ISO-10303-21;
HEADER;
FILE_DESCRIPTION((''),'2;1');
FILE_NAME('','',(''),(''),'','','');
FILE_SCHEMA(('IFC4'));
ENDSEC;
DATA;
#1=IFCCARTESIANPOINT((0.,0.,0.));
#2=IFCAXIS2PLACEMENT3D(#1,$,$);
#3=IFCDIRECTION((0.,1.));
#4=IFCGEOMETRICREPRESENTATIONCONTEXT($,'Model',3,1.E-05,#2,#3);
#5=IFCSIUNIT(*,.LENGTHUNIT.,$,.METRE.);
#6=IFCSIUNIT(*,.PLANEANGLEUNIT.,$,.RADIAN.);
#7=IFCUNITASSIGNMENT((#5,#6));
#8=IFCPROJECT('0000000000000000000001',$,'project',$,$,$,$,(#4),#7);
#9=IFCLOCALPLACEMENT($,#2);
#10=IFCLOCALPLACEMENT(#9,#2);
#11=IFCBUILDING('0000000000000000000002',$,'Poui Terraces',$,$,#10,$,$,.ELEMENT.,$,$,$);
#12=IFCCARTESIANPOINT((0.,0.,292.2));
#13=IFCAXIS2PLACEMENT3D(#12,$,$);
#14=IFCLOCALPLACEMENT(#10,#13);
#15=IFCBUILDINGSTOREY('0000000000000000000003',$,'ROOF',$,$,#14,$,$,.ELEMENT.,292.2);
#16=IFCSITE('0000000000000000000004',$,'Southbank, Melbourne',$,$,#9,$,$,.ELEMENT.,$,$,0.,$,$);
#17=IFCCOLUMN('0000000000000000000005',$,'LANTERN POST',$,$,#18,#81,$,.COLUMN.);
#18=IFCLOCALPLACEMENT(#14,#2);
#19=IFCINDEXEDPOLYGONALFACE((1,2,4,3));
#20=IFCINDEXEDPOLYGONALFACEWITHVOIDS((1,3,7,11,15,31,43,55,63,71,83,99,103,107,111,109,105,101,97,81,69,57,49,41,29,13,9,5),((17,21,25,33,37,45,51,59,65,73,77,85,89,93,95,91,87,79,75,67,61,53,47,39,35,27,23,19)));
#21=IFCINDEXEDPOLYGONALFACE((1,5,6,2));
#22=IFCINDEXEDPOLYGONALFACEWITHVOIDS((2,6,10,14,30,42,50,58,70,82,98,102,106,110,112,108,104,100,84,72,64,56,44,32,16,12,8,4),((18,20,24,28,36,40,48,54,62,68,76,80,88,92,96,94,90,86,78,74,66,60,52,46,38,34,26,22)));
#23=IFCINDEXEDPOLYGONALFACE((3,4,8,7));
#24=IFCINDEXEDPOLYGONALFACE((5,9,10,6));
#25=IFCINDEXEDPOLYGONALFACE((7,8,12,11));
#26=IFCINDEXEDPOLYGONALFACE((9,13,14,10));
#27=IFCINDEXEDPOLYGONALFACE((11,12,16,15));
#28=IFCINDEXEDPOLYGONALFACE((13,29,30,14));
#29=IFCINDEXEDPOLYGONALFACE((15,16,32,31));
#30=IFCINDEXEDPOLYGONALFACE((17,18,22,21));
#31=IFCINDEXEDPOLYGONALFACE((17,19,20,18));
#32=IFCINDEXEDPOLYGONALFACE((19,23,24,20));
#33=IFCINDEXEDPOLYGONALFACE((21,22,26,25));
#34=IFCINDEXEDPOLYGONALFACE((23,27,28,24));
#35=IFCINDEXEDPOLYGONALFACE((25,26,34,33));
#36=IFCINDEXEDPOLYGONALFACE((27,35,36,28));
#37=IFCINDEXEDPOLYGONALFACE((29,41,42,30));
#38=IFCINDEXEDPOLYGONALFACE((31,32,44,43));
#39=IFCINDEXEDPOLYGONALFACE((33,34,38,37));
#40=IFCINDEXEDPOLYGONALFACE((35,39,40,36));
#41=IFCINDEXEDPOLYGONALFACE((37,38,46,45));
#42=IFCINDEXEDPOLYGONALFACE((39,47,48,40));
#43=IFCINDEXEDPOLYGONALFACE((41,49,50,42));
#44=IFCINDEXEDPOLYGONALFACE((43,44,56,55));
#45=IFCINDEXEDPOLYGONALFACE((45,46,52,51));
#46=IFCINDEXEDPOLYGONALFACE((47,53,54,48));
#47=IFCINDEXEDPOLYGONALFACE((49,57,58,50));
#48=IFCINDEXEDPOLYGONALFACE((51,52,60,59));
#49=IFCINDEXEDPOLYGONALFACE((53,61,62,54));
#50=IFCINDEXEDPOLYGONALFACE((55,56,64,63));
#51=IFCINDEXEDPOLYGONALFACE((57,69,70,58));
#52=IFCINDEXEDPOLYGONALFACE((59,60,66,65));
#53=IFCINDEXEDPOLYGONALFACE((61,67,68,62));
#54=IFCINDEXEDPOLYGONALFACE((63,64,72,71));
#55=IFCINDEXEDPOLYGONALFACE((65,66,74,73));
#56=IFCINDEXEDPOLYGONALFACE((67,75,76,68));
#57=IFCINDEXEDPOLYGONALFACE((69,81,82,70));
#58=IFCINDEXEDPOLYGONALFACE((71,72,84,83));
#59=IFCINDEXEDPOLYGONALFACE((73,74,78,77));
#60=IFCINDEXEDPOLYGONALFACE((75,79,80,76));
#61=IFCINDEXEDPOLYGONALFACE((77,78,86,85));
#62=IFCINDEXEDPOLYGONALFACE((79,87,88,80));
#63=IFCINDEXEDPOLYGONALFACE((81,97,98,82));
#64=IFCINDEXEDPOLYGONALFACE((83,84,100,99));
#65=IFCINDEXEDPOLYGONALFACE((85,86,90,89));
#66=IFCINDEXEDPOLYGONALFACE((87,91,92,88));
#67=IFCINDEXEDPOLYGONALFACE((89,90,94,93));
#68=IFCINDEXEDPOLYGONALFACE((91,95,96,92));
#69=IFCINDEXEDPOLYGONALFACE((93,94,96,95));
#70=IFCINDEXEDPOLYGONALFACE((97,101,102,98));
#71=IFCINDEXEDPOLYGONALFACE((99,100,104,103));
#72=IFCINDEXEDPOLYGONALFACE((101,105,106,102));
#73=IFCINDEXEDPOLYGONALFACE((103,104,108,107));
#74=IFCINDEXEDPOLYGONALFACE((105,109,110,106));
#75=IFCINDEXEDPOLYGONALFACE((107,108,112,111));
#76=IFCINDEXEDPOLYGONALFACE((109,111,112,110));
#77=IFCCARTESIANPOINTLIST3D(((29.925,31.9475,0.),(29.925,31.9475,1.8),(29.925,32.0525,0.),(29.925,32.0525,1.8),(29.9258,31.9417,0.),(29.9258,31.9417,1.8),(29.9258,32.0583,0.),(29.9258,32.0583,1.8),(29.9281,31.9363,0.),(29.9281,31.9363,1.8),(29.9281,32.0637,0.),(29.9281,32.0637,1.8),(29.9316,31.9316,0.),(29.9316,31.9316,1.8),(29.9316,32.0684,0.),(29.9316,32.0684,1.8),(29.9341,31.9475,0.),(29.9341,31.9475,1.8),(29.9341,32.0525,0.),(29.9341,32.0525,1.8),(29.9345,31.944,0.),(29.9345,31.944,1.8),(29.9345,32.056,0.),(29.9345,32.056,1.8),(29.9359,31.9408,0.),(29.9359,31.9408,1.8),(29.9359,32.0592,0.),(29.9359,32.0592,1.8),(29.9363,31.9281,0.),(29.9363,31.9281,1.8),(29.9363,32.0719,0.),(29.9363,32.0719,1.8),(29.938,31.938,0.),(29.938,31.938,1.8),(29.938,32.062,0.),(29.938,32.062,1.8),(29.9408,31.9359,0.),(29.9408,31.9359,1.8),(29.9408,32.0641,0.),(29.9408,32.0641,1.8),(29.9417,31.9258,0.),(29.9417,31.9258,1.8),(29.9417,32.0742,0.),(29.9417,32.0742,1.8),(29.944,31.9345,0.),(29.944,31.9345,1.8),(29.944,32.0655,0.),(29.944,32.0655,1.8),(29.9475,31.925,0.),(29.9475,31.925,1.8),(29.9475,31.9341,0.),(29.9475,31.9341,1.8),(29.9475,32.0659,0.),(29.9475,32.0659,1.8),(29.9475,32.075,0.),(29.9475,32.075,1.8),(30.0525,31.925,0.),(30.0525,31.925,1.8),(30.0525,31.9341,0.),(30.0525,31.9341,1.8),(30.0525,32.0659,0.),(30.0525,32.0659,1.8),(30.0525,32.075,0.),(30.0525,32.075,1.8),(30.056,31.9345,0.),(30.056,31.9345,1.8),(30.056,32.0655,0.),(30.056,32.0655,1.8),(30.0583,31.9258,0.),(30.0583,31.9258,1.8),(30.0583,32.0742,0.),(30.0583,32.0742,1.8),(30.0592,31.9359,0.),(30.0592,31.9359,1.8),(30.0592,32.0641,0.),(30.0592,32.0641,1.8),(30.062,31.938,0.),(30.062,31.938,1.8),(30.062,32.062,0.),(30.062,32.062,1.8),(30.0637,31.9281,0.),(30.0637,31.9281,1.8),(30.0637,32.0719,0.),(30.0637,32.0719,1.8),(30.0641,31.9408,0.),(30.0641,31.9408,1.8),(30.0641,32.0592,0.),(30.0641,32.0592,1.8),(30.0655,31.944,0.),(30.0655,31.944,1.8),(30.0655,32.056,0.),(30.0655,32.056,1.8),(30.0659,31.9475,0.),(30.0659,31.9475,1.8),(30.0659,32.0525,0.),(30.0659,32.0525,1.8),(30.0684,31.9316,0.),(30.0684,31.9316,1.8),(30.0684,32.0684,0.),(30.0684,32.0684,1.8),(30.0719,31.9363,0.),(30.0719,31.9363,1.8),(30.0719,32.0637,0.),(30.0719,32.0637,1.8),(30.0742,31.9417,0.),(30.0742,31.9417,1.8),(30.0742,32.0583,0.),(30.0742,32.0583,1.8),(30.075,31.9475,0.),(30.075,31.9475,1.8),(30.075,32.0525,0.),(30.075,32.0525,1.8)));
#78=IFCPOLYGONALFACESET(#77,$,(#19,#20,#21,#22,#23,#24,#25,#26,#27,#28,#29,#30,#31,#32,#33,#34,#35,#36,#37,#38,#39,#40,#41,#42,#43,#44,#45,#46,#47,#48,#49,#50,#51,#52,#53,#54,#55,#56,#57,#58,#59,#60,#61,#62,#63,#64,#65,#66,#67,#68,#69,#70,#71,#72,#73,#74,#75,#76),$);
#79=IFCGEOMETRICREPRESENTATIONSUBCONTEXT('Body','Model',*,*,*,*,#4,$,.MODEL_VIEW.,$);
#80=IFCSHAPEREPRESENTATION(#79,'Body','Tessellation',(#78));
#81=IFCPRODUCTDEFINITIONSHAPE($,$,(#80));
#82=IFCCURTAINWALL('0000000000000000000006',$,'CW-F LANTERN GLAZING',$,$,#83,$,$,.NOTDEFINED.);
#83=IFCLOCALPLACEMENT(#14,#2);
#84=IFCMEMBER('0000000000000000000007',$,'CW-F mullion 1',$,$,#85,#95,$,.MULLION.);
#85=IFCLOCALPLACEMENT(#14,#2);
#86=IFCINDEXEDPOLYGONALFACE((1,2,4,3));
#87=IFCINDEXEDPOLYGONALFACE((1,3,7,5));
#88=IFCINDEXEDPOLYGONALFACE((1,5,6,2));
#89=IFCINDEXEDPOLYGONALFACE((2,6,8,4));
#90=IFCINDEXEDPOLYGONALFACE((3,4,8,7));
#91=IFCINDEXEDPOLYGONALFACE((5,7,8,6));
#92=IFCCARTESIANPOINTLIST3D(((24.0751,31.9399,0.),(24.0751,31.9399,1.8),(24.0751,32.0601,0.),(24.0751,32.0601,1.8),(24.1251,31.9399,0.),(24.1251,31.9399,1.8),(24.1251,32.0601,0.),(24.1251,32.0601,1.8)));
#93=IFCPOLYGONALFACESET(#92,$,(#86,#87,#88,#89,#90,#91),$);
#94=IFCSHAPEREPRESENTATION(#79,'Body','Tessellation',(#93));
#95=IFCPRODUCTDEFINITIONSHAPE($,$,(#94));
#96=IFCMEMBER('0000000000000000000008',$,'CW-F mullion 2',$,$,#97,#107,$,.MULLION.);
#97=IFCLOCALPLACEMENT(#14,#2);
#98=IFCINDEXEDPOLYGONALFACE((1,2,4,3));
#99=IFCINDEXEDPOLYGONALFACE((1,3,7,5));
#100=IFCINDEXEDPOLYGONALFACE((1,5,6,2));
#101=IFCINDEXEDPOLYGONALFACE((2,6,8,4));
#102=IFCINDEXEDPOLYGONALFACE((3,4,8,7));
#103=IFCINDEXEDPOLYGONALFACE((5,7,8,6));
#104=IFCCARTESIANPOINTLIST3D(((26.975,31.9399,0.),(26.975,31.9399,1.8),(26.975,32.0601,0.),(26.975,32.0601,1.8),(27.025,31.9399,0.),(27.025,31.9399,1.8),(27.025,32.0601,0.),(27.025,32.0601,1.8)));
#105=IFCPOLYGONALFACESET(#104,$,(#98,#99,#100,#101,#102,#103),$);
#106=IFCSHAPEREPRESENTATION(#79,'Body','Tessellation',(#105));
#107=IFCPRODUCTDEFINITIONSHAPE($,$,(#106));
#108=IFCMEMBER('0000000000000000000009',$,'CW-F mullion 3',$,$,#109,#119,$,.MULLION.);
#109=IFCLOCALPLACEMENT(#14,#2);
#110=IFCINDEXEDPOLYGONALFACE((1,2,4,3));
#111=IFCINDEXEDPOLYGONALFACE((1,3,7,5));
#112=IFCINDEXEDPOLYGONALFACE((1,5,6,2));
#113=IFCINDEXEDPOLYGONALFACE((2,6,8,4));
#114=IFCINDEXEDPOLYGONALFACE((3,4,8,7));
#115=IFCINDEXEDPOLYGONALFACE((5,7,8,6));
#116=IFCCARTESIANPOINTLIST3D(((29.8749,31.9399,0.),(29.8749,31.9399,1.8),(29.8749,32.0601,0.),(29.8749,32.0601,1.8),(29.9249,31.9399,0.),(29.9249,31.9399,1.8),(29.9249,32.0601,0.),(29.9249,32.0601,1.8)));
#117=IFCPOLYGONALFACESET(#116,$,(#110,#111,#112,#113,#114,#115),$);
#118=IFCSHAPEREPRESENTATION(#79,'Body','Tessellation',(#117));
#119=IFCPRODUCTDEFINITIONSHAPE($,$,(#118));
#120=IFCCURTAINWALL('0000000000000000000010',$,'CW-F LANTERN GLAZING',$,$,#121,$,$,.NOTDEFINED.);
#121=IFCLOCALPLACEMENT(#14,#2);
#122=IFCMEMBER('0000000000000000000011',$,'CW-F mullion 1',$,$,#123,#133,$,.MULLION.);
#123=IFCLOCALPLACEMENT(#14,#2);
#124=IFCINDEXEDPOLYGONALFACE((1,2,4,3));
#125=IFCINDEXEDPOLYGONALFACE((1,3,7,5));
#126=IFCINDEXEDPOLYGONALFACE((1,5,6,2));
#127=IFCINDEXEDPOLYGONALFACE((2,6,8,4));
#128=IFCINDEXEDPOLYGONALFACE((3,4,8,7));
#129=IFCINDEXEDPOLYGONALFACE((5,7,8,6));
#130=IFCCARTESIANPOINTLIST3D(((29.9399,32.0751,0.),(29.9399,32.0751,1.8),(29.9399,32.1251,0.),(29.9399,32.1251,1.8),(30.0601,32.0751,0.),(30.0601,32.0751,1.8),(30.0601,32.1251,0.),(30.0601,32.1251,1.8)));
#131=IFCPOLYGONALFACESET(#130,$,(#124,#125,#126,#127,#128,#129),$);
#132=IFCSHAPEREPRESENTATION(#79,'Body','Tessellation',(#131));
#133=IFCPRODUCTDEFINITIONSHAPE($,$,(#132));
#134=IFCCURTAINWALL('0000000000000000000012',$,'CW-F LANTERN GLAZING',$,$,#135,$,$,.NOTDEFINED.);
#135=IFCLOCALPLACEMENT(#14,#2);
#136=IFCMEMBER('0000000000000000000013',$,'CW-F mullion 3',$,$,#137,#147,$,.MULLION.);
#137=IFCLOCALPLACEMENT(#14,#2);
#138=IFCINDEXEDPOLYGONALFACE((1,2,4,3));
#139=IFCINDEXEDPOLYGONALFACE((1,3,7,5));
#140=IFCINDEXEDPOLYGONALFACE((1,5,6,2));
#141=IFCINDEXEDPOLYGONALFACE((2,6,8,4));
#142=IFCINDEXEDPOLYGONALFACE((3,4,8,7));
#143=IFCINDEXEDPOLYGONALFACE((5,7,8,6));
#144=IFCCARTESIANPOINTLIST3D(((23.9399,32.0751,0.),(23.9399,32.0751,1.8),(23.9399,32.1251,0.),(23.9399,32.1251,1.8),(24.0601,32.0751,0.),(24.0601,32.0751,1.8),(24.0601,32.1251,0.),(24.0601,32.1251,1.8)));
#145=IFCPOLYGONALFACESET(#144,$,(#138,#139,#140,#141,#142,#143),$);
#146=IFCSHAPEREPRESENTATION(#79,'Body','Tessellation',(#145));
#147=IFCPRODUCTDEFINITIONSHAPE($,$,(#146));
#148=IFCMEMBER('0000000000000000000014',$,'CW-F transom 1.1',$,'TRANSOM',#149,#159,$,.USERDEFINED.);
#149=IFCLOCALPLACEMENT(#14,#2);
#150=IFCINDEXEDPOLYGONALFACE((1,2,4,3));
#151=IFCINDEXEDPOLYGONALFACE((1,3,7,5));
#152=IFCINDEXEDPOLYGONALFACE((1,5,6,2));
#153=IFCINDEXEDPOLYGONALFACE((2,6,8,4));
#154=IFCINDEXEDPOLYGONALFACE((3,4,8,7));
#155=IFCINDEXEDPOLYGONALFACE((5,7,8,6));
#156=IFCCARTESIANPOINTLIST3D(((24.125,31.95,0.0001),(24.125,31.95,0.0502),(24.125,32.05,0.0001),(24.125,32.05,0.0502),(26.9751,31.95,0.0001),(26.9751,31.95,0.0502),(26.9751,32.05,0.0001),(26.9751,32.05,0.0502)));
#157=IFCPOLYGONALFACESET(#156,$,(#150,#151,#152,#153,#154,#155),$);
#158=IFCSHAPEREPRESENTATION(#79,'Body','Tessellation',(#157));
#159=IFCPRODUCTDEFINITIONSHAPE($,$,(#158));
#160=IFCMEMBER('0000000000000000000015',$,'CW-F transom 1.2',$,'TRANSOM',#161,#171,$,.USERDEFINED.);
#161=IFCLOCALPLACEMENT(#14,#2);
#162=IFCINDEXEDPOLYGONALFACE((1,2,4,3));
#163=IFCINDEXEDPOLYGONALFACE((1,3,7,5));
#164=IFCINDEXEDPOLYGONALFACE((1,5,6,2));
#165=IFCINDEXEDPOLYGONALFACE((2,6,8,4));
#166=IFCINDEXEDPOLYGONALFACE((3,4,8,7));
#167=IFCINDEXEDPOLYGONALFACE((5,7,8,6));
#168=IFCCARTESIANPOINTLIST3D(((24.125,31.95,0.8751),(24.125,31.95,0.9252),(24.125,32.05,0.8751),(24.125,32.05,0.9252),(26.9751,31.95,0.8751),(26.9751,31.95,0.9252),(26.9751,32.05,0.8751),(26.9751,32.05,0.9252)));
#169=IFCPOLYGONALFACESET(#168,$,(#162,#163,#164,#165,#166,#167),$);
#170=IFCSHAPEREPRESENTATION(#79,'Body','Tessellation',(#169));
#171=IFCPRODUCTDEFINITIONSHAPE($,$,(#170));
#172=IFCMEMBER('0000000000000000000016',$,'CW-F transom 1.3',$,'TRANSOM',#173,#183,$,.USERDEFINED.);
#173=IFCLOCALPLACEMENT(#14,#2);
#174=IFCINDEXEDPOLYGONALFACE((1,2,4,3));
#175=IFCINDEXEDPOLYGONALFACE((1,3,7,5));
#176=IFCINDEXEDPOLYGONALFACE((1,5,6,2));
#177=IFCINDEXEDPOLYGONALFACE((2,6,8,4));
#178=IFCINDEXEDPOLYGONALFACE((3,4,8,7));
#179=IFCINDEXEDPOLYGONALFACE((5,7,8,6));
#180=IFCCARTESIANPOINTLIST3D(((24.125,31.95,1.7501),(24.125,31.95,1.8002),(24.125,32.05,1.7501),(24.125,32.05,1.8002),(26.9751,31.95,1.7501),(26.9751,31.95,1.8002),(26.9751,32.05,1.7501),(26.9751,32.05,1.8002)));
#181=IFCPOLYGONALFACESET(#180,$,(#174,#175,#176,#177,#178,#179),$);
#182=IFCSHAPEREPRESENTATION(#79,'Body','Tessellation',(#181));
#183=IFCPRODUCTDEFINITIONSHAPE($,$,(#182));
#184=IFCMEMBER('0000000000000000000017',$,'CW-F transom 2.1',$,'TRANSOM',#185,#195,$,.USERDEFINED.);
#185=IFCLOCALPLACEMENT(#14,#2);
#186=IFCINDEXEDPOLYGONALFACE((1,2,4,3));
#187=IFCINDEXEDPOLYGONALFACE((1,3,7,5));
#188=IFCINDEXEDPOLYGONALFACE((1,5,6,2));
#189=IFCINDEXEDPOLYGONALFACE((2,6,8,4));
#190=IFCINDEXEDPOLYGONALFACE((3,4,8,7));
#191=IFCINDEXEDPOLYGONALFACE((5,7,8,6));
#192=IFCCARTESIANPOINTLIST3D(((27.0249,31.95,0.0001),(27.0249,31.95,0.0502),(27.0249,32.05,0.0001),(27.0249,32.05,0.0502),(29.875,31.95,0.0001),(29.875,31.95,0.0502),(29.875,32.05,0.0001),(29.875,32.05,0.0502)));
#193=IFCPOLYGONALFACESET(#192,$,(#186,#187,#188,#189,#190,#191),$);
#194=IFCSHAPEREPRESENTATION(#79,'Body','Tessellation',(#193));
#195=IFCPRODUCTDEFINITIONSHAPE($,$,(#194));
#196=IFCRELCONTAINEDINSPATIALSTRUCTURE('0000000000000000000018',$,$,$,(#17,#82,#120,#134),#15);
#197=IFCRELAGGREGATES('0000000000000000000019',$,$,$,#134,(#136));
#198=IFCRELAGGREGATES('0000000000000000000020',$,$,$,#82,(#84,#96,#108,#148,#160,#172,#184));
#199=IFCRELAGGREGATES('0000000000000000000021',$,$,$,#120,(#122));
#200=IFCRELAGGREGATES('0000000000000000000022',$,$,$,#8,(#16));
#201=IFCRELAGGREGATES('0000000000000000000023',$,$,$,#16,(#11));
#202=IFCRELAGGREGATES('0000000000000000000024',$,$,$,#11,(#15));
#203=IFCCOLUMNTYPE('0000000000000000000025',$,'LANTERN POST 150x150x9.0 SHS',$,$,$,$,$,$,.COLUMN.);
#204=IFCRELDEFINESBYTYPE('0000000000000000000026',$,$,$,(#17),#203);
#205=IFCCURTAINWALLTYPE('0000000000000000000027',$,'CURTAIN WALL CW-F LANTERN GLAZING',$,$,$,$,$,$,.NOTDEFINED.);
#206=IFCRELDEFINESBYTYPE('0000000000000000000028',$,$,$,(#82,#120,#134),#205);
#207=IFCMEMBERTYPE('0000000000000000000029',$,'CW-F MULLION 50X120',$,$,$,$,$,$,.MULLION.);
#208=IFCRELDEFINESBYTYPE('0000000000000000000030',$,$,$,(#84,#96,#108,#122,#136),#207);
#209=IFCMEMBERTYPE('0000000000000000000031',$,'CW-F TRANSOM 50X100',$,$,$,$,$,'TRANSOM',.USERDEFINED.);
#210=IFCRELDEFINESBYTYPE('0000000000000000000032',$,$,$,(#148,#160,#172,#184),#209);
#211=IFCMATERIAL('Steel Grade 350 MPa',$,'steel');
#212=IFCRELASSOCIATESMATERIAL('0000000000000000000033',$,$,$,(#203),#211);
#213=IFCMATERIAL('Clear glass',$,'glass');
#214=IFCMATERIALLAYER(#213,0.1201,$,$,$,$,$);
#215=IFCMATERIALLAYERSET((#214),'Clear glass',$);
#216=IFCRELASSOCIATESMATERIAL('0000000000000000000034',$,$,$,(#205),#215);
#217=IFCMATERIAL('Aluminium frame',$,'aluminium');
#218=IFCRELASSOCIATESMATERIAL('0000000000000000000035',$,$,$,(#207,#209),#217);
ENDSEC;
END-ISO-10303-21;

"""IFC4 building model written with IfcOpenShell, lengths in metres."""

from ifc_helpers import new_model, si_unit, direction, frame, origin, origin_2d, place, context, subcontext, project, spatial, rectangle, hollow_rectangle, extrude, source, transform, mapped, material, layer, layer_set, material_profile, profile_set, type_object, element, aggregate, save


model = new_model("IFC4")

# Units and contexts
model_context = context("Model", 3, precision=1e-05, world=origin(), true_north=direction((0.0, 1.0)))
body_context = subcontext(model_context, "Body", "Model", "MODEL_VIEW")
ifc_project = project(units=[si_unit("LENGTHUNIT", "METRE"), si_unit("PLANEANGLEUNIT", "RADIAN")], contexts=[model_context])

# Site, building, storey
site_placement = place(None, origin())
site = spatial("IfcSite", under=ifc_project, at=site_placement, Name="Southbank, Melbourne", CompositionType="ELEMENT", RefElevation=0.0)
building_placement = place(site_placement, origin())
building = spatial("IfcBuilding", under=site, at=building_placement, Name="Poui Terraces", CompositionType="ELEMENT")
storey_placement = place(building_placement, frame((0.0, 0.0, 292.2)))
storey = spatial("IfcBuildingStorey", under=building, at=storey_placement, Name="ROOF", CompositionType="ELEMENT", Elevation=292.2)

# Column
ifc_material_1 = material(Name="Steel Grade 350 MPa", Category="steel")
ifc_material_profile_1 = material_profile(ifc_material_1, hollow_rectangle(XDim=0.1499, YDim=0.1499, WallThickness=0.009, InnerFilletRadius=0.0134, OuterFilletRadius=0.0225, at=origin_2d()), Name="150x150x9.0 SHS")
ifc_profile_set_1 = profile_set([ifc_material_profile_1], Name="Steel Grade 350 MPa")
column_type = type_object("IfcColumnType", Name="LANTERN POST 150x150x9.0 SHS", PredefinedType="COLUMN", material=ifc_profile_set_1)
shared_shape_1 = source(origin(), body_context, "Body", "SweptSolid", [
    extrude(hollow_rectangle(XDim=0.1499, YDim=0.1499, WallThickness=0.009, InnerFilletRadius=0.0134, OuterFilletRadius=0.0225, at=origin_2d()), origin(), (0.0, 0.0, 1.0), 1.8),
])
for number, where, z_axis, x_axis, name in (
    (1, (30.0, 32.0, 0.0), (0.0, 0.0, 1.0), (1.0, 0.0, 0.0), "LANTERN POST"),
):
    element("IfcColumn", number, at=place(storey_placement, frame(where, z_axis=z_axis, x_axis=x_axis)), inside=storey, type_object=column_type, Name=name, PredefinedType="COLUMN", context=body_context, shape_type="MappedRepresentation", body=[
        mapped(shared_shape_1, transform((0.0, 0.0, 0.0))),
    ])

# Curtain wall, members
ifc_material_2 = material(Name="Clear glass", Category="glass")
ifc_layer_1 = layer(ifc_material_2, 0.1201)
ifc_layer_set_1 = layer_set([ifc_layer_1], Name="Clear glass")
curtain_wall_type = type_object("IfcCurtainWallType", Name="CURTAIN WALL CW-F LANTERN GLAZING", PredefinedType="NOTDEFINED", material=ifc_layer_set_1)
curtain_wall_1_placement = place(storey_placement, origin())
curtain_wall_1 = element("IfcCurtainWall", 2, at=curtain_wall_1_placement, inside=storey, type_object=curtain_wall_type, Name="CW-F LANTERN GLAZING", PredefinedType="NOTDEFINED")
ifc_material_3 = material(Name="Aluminium frame", Category="aluminium")
ifc_material_profile_2 = material_profile(ifc_material_3, rectangle(XDim=0.1201, YDim=0.05, at=origin_2d()), Name="CW-F MULLION 50X120")
ifc_profile_set_2 = profile_set([ifc_material_profile_2], Name="Aluminium frame")
member_type_1 = type_object("IfcMemberType", Name="CW-F MULLION 50X120", PredefinedType="MULLION", material=ifc_profile_set_2)
member_1_placement = place(storey_placement, frame((24.1001, 32.0, 0.0), z_axis=(0.0, 0.0, 1.0), x_axis=(0.0, 1.0, 0.0)))
member_1 = element("IfcMember", 3, at=member_1_placement, type_object=member_type_1, Name="CW-F mullion 1", PredefinedType="MULLION", context=body_context, shape_type="SweptSolid", body=[
    extrude(rectangle(XDim=0.1201, YDim=0.05, at=origin_2d()), origin(), (0.0, 0.0, 1.0), 1.8),
])
member_2_placement = place(storey_placement, frame((27.0, 32.0, 0.0), z_axis=(0.0, 0.0, 1.0), x_axis=(0.0, 1.0, 0.0)))
member_2 = element("IfcMember", 4, at=member_2_placement, type_object=member_type_1, Name="CW-F mullion 2", PredefinedType="MULLION", context=body_context, shape_type="SweptSolid", body=[
    extrude(rectangle(XDim=0.1201, YDim=0.05, at=origin_2d()), origin(), (0.0, 0.0, 1.0), 1.8),
])
member_3_placement = place(storey_placement, frame((29.8999, 32.0, 0.0), z_axis=(0.0, 0.0, 1.0), x_axis=(0.0, 1.0, 0.0)))
member_3 = element("IfcMember", 5, at=member_3_placement, type_object=member_type_1, Name="CW-F mullion 3", PredefinedType="MULLION", context=body_context, shape_type="SweptSolid", body=[
    extrude(rectangle(XDim=0.1201, YDim=0.05, at=origin_2d()), origin(), (0.0, 0.0, 1.0), 1.8),
])

# Curtain walls, members
curtain_wall_2_placement = place(storey_placement, origin())
curtain_wall_2 = element("IfcCurtainWall", 6, at=curtain_wall_2_placement, inside=storey, type_object=curtain_wall_type, Name="CW-F LANTERN GLAZING", PredefinedType="NOTDEFINED")
member_4_placement = place(storey_placement, frame((30.0, 32.1001, 0.0), z_axis=(0.0, 0.0, 1.0), x_axis=(-1.0, 0.0, 0.0)))
member_4 = element("IfcMember", 7, at=member_4_placement, type_object=member_type_1, Name="CW-F mullion 1", PredefinedType="MULLION", context=body_context, shape_type="SweptSolid", body=[
    extrude(rectangle(XDim=0.1201, YDim=0.05, at=origin_2d()), origin(), (0.0, 0.0, 1.0), 1.8),
])
curtain_wall_3_placement = place(storey_placement, origin())
curtain_wall_3 = element("IfcCurtainWall", 8, at=curtain_wall_3_placement, inside=storey, type_object=curtain_wall_type, Name="CW-F LANTERN GLAZING", PredefinedType="NOTDEFINED")
member_5_placement = place(storey_placement, frame((24.0, 32.1001, 0.0), z_axis=(0.0, 0.0, 1.0), x_axis=(1.0, 0.0, 0.0)))
member_5 = element("IfcMember", 9, at=member_5_placement, type_object=member_type_1, Name="CW-F mullion 3", PredefinedType="MULLION", context=body_context, shape_type="SweptSolid", body=[
    extrude(rectangle(XDim=0.1201, YDim=0.05, at=origin_2d()), origin(), (0.0, 0.0, 1.0), 1.8),
])
aggregate(curtain_wall_3, [member_5])

# Members
ifc_material_profile_3 = material_profile(ifc_material_3, rectangle(XDim=0.1001, YDim=0.05, at=origin_2d()), Name="CW-F TRANSOM 50X100")
ifc_profile_set_3 = profile_set([ifc_material_profile_3], Name="Aluminium frame")
member_type_2 = type_object("IfcMemberType", Name="CW-F TRANSOM 50X100", ElementType="TRANSOM", PredefinedType="USERDEFINED", material=ifc_profile_set_3)
member_6_placement = place(storey_placement, frame((24.125, 32.0, 0.0251), z_axis=(1.0, 0.0, 0.0), x_axis=(0.0, 1.0, 0.0)))
member_6 = element("IfcMember", 10, at=member_6_placement, type_object=member_type_2, Name="CW-F transom 1.1", ObjectType="TRANSOM", PredefinedType="USERDEFINED", context=body_context, shape_type="SweptSolid", body=[
    extrude(rectangle(XDim=0.1001, YDim=0.05, at=origin_2d()), origin(), (0.0, 0.0, 1.0), 2.8501),
])
member_7_placement = place(storey_placement, frame((24.125, 32.0, 0.9001), z_axis=(1.0, 0.0, 0.0), x_axis=(0.0, 1.0, 0.0)))
member_7 = element("IfcMember", 11, at=member_7_placement, type_object=member_type_2, Name="CW-F transom 1.2", ObjectType="TRANSOM", PredefinedType="USERDEFINED", context=body_context, shape_type="SweptSolid", body=[
    extrude(rectangle(XDim=0.1001, YDim=0.05, at=origin_2d()), origin(), (0.0, 0.0, 1.0), 2.8501),
])
member_8_placement = place(storey_placement, frame((24.125, 32.0, 1.7751), z_axis=(1.0, 0.0, 0.0), x_axis=(0.0, 1.0, 0.0)))
member_8 = element("IfcMember", 12, at=member_8_placement, type_object=member_type_2, Name="CW-F transom 1.3", ObjectType="TRANSOM", PredefinedType="USERDEFINED", context=body_context, shape_type="SweptSolid", body=[
    extrude(rectangle(XDim=0.1001, YDim=0.05, at=origin_2d()), origin(), (0.0, 0.0, 1.0), 2.8501),
])
member_9_placement = place(storey_placement, frame((27.0249, 32.0, 0.0251), z_axis=(1.0, 0.0, 0.0), x_axis=(0.0, 1.0, 0.0)))
member_9 = element("IfcMember", 13, at=member_9_placement, type_object=member_type_2, Name="CW-F transom 2.1", ObjectType="TRANSOM", PredefinedType="USERDEFINED", context=body_context, shape_type="SweptSolid", body=[
    extrude(rectangle(XDim=0.1001, YDim=0.05, at=origin_2d()), origin(), (0.0, 0.0, 1.0), 2.8501),
])

aggregate(curtain_wall_1, [member_1, member_2, member_3, member_6, member_7, member_8, member_9])
aggregate(curtain_wall_2, [member_4])

save(model, "model.ifc")
